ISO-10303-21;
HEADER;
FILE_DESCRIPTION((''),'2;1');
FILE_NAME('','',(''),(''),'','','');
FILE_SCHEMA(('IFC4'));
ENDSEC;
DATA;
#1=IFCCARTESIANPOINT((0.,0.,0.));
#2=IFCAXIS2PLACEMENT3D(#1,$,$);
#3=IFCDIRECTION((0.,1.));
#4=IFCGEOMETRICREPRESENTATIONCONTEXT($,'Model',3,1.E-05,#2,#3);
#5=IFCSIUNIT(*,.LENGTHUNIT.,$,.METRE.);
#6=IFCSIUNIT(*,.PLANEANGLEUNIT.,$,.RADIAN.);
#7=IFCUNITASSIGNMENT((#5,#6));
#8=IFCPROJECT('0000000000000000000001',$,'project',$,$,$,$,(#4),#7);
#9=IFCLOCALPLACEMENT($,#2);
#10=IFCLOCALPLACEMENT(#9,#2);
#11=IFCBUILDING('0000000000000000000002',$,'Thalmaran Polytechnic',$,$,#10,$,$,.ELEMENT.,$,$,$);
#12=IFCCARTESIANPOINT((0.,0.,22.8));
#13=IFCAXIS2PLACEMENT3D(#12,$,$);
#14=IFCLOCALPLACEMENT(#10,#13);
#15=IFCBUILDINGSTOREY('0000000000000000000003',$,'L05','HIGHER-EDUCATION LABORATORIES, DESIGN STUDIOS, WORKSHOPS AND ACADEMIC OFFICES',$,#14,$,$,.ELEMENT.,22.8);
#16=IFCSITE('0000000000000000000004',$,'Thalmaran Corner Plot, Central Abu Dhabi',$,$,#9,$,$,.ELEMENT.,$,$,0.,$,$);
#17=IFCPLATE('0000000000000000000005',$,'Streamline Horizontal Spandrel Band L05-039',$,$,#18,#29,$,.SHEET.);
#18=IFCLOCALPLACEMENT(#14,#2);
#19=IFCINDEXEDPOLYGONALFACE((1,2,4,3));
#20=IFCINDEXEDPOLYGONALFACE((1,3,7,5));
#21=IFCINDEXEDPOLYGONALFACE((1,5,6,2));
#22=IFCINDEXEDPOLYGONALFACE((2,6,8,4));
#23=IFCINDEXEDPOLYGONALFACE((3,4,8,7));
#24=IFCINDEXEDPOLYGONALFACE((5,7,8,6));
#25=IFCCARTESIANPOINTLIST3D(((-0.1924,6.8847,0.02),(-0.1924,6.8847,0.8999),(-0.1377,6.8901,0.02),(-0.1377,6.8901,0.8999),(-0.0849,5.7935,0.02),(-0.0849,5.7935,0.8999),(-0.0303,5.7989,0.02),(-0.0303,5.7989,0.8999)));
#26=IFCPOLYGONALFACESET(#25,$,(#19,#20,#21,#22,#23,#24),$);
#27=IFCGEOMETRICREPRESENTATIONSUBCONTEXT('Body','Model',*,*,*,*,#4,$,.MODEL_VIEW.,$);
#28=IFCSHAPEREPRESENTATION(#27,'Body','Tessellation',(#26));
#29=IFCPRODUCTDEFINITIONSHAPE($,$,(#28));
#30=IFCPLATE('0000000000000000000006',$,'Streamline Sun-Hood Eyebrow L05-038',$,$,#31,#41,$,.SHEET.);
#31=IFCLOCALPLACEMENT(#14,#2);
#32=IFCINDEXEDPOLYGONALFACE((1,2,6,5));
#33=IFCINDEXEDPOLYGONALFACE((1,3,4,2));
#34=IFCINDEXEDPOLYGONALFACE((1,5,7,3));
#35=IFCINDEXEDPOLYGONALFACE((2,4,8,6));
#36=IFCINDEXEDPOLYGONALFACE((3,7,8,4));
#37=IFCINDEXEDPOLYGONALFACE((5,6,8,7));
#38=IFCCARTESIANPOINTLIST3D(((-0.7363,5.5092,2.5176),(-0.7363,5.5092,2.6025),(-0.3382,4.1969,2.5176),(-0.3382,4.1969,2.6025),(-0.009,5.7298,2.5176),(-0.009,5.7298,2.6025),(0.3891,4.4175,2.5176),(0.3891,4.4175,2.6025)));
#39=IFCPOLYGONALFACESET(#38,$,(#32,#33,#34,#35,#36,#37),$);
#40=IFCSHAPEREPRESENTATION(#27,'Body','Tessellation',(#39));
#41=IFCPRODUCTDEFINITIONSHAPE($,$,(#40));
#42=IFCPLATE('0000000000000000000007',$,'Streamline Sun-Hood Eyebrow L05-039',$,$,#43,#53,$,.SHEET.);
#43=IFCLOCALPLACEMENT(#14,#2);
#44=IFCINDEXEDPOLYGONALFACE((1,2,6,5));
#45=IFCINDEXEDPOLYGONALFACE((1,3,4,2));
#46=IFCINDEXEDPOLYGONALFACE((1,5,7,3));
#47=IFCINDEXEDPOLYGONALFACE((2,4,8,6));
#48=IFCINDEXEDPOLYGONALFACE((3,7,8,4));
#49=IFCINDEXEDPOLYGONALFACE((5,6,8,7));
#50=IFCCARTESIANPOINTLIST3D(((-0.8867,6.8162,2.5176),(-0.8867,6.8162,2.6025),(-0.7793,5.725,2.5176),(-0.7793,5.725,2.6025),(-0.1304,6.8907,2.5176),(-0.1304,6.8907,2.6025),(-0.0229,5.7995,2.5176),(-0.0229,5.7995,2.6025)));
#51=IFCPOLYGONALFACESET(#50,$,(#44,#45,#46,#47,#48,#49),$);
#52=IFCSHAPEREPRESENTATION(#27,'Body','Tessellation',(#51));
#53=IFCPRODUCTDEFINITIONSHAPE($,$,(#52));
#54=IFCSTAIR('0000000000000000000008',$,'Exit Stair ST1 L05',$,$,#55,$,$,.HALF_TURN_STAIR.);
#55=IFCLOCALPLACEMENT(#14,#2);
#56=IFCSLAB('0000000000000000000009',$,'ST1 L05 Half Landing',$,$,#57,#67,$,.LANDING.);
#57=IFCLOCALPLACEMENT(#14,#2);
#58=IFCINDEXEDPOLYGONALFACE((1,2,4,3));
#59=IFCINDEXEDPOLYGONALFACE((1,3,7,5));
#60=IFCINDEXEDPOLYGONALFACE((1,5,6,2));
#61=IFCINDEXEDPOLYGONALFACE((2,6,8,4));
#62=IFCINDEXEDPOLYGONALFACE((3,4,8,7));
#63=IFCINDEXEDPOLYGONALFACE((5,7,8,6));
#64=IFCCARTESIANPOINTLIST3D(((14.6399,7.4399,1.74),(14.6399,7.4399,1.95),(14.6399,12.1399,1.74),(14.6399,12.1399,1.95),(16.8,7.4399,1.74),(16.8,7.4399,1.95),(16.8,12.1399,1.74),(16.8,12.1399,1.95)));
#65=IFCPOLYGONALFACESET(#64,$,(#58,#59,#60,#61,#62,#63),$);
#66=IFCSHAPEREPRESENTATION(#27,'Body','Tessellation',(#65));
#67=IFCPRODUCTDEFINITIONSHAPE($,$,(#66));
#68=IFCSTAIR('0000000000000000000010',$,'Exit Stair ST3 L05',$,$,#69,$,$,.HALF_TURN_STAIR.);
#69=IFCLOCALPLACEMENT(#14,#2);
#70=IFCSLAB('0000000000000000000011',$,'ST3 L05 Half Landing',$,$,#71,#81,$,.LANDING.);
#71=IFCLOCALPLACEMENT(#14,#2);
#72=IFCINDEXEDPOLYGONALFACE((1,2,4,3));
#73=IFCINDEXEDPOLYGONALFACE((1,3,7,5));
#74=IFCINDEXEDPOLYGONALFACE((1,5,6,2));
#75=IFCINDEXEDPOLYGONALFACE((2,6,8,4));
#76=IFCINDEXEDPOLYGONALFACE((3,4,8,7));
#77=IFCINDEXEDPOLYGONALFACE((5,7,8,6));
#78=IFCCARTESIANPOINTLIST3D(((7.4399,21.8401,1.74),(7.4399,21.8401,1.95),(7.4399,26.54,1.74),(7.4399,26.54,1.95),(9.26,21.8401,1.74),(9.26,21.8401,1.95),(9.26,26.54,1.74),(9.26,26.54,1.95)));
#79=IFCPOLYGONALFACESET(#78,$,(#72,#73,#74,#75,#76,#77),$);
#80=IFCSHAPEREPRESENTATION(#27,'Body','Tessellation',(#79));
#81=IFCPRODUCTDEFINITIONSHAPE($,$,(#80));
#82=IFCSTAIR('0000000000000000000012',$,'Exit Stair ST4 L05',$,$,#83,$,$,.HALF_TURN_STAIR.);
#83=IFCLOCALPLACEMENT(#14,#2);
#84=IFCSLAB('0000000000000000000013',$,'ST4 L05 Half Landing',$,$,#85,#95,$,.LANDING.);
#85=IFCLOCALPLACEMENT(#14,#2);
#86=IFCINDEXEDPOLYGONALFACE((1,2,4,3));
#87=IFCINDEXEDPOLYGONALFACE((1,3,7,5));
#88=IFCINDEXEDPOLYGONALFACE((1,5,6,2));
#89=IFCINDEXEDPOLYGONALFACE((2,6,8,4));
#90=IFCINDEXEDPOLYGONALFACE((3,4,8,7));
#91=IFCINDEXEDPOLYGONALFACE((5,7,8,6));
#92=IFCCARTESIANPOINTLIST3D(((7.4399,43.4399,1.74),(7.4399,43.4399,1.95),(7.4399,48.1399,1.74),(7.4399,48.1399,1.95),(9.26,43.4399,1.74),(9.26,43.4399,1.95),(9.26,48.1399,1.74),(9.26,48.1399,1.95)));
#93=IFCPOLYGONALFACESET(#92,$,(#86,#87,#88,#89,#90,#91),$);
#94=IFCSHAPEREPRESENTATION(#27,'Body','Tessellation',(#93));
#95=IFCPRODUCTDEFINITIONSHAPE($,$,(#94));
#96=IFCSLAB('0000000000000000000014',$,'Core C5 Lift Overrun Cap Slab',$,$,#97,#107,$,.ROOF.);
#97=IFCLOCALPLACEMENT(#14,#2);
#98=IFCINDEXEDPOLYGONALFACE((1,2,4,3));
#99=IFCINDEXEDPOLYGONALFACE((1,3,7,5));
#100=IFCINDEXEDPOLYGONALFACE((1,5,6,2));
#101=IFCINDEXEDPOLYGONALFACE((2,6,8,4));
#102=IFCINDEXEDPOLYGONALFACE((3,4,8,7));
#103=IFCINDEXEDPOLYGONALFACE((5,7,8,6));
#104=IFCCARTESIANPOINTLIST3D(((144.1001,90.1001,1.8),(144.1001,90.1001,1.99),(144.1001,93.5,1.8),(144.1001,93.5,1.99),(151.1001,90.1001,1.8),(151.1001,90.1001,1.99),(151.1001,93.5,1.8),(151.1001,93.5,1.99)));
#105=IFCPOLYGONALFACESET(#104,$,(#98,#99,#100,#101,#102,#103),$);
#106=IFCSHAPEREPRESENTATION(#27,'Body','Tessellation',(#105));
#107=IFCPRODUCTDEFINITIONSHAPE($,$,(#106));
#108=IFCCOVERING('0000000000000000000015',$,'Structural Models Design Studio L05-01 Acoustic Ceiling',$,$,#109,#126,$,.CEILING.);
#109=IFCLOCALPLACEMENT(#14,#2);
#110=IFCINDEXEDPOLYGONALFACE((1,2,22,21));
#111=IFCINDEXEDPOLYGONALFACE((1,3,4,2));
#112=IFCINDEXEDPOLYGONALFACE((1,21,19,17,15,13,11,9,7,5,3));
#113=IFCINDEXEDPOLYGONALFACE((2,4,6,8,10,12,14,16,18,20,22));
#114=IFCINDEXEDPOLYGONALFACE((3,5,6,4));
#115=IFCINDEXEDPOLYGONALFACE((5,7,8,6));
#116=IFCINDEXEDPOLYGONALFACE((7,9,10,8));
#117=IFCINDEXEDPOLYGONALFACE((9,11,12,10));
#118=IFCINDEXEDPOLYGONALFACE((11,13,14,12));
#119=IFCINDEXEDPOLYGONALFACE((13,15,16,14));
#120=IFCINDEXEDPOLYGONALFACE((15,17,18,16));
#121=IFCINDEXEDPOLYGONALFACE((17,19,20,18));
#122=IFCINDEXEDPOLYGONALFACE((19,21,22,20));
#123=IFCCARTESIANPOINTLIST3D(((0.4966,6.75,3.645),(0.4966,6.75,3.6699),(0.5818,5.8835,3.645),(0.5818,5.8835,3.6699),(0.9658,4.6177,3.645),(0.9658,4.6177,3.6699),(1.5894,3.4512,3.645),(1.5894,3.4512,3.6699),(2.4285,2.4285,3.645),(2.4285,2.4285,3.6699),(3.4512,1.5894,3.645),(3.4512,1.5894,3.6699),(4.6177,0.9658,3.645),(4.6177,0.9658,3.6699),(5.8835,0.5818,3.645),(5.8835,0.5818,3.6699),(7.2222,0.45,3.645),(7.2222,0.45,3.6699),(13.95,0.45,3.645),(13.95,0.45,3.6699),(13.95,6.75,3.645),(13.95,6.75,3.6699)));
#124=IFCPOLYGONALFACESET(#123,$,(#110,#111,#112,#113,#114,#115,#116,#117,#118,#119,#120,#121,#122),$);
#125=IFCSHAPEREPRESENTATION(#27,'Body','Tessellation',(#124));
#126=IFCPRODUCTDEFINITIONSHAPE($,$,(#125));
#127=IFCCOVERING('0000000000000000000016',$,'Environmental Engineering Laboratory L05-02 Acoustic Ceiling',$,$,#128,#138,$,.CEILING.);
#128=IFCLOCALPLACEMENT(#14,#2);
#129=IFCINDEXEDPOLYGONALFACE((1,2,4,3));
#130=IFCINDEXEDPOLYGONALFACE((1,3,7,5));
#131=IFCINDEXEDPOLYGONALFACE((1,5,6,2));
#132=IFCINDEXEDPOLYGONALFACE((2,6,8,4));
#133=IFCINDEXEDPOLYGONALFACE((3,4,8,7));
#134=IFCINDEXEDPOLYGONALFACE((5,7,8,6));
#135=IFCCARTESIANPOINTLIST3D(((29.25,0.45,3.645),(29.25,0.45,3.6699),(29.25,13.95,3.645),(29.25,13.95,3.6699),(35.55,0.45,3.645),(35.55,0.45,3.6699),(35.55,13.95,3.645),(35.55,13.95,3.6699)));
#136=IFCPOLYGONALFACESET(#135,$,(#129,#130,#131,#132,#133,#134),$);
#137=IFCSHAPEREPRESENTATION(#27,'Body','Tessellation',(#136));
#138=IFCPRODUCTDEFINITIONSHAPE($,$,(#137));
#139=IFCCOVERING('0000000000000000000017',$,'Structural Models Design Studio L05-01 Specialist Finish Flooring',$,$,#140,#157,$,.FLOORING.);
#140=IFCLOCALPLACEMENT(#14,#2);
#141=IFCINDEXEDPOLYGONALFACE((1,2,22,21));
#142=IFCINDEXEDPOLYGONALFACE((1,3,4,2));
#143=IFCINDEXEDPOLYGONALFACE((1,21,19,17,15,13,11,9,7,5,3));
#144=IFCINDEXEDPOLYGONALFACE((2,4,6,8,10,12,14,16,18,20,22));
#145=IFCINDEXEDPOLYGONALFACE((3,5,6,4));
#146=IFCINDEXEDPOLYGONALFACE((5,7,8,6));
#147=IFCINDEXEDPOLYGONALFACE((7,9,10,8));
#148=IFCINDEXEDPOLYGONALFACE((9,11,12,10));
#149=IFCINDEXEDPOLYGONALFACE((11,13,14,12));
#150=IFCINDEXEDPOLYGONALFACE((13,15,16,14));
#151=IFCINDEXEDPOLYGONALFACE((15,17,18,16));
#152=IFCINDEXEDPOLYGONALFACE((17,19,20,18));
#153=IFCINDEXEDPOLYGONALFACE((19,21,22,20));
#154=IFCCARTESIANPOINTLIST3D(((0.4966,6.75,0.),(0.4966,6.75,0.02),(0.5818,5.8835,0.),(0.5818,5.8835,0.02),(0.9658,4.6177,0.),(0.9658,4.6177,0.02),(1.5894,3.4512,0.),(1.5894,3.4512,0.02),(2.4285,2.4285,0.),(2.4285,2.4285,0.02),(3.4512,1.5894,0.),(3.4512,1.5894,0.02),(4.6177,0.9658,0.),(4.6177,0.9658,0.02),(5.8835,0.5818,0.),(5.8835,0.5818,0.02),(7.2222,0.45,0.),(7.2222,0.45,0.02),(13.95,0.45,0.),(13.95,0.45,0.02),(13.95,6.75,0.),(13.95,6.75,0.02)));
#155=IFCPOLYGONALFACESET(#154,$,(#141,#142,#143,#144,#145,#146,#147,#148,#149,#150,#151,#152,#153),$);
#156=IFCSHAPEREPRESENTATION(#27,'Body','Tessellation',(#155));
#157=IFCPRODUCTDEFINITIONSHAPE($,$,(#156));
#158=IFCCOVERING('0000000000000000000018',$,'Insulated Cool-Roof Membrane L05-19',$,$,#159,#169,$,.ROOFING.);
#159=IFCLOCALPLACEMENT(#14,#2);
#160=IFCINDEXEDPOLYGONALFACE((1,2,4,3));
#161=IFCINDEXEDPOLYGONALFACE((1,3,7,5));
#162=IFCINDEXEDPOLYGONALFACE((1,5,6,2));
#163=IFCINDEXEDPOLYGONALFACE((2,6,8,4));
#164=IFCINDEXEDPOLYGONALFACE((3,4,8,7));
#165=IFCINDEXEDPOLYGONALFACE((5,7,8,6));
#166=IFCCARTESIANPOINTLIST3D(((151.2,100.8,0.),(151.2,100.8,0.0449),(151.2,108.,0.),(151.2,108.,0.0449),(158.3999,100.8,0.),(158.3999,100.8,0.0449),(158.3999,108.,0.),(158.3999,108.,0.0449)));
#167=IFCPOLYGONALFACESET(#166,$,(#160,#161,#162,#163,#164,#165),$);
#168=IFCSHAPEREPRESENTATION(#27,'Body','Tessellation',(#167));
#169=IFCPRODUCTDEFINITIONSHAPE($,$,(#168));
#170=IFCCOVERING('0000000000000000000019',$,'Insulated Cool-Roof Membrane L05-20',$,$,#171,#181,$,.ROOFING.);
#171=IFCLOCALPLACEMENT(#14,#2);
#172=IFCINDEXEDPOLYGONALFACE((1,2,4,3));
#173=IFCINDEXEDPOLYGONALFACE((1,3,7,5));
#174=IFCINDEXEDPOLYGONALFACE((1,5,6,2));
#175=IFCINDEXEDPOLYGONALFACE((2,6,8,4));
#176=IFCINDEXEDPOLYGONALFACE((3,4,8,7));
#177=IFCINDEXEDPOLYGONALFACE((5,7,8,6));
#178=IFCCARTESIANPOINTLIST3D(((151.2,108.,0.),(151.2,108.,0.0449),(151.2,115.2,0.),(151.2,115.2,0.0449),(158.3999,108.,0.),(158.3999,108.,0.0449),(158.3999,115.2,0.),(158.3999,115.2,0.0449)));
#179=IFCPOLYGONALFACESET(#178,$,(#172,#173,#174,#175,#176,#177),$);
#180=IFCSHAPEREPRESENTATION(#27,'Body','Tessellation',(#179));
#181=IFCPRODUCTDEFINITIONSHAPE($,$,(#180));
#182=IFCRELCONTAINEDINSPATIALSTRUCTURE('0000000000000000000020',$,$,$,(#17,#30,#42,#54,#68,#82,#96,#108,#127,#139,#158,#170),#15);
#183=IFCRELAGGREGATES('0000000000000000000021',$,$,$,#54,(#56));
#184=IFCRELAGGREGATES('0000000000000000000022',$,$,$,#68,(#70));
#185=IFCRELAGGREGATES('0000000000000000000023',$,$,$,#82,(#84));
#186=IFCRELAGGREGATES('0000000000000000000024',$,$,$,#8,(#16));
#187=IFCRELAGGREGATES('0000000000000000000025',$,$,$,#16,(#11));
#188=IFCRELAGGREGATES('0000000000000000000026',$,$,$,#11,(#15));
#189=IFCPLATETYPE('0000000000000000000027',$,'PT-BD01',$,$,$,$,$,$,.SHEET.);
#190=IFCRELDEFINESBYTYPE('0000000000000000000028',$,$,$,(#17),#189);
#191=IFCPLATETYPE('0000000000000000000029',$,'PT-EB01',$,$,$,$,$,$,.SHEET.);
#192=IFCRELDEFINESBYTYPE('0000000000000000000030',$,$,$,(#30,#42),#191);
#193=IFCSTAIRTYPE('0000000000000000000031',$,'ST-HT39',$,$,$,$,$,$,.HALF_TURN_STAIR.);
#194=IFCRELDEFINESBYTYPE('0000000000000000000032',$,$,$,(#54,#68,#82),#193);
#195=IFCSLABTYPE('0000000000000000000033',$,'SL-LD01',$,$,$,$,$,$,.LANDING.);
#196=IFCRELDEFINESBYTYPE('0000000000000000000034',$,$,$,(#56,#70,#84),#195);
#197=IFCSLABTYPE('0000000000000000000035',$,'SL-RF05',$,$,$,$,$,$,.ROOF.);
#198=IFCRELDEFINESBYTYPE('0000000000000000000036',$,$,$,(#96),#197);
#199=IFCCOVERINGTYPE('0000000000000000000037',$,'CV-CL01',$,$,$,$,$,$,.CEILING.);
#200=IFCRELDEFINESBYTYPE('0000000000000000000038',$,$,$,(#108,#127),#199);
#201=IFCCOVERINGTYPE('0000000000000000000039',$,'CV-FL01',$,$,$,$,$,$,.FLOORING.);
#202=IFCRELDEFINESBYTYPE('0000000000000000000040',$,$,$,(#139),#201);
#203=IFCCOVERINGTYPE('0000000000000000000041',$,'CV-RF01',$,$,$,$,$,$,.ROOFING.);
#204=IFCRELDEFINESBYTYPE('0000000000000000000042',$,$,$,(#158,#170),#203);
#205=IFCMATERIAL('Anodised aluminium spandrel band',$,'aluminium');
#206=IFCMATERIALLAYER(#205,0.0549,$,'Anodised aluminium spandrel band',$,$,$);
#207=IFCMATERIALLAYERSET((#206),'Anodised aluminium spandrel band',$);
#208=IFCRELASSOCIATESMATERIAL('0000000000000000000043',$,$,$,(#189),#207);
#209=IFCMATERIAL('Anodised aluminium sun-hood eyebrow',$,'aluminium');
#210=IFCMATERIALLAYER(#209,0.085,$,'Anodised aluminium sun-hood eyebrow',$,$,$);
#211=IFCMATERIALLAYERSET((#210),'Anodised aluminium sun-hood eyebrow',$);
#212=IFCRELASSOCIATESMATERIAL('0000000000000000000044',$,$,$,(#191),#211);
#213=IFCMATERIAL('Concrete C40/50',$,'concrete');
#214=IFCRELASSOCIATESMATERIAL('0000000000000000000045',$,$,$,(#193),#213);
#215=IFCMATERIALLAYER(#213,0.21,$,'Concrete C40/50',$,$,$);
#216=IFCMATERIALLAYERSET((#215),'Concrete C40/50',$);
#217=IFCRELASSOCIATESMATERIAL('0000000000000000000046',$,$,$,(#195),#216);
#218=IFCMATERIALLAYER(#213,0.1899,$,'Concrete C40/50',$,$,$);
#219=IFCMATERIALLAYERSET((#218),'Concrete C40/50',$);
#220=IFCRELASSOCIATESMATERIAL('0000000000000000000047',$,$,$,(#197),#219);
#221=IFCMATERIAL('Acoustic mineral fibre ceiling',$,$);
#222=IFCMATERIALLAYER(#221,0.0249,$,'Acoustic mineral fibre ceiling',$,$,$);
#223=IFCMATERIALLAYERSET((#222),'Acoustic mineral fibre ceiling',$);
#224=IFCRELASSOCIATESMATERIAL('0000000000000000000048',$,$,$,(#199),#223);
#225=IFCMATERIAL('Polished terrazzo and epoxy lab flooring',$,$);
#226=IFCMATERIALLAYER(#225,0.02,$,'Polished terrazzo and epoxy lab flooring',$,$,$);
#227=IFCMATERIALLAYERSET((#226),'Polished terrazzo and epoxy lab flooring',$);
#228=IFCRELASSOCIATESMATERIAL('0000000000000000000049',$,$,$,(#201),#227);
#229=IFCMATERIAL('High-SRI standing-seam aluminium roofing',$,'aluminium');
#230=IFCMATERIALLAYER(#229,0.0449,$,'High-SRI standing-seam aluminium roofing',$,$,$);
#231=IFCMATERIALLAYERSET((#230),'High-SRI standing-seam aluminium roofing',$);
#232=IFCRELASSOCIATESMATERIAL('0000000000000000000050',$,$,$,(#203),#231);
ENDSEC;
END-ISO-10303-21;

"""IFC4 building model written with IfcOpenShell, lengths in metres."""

from ifc_helpers import new_model, si_unit, direction, frame, origin, origin_2d, place, context, subcontext, project, spatial, polyline, rectangle, outline, extrude, material, layer, layer_set, type_object, element, aggregate, save


model = new_model("IFC4")

# Units and contexts
model_context = context("Model", 3, precision=1e-05, world=origin(), true_north=direction((0.0, 1.0)))
body_context = subcontext(model_context, "Body", "Model", "MODEL_VIEW")
ifc_project = project(units=[si_unit("LENGTHUNIT", "METRE"), si_unit("PLANEANGLEUNIT", "RADIAN")], contexts=[model_context])

# Site, building, storey
site_placement = place(None, origin())
site = spatial("IfcSite", under=ifc_project, at=site_placement, Name="Thalmaran Corner Plot, Central Abu Dhabi", CompositionType="ELEMENT", RefElevation=0.0)
building_placement = place(site_placement, origin())
building = spatial("IfcBuilding", under=site, at=building_placement, Name="Thalmaran Polytechnic", CompositionType="ELEMENT")
storey_placement = place(building_placement, frame((0.0, 0.0, 22.8)))
storey = spatial("IfcBuildingStorey", under=building, at=storey_placement, Name="L05", Description="HIGHER-EDUCATION LABORATORIES, DESIGN STUDIOS, WORKSHOPS AND ACADEMIC OFFICES", CompositionType="ELEMENT", Elevation=22.8)

# Plates
ifc_material_1 = material(Name="Anodised aluminium spandrel band", Category="aluminium")
ifc_layer_1 = layer(ifc_material_1, 0.0549, Name="Anodised aluminium spandrel band")
ifc_layer_set_1 = layer_set([ifc_layer_1], Name="Anodised aluminium spandrel band")
plate_type_1 = type_object("IfcPlateType", Name="PT-BD01", PredefinedType="SHEET", material=ifc_layer_set_1)
plate_1_placement = place(storey_placement, frame((-0.1113, 6.3418, 0.02), z_axis=(0.0, 0.0, 1.0), x_axis=(-0.098017, 0.995185, 0.0)))
element("IfcPlate", 1, at=plate_1_placement, inside=storey, type_object=plate_type_1, Name="Streamline Horizontal Spandrel Band L05-039", PredefinedType="SHEET", context=body_context, shape_type="SweptSolid", body=[
    extrude(rectangle(XDim=1.0964, YDim=0.0549, at=origin_2d()), origin(), (0.0, 0.0, 1.0), 0.8799),
])
ifc_material_2 = material(Name="Anodised aluminium sun-hood eyebrow", Category="aluminium")
ifc_layer_2 = layer(ifc_material_2, 0.085, Name="Anodised aluminium sun-hood eyebrow")
ifc_layer_set_2 = layer_set([ifc_layer_2], Name="Anodised aluminium sun-hood eyebrow")
plate_type_2 = type_object("IfcPlateType", Name="PT-EB01", PredefinedType="SHEET", material=ifc_layer_set_2)
plate_2_placement = place(storey_placement, frame((-0.1736, 4.9634, 2.5176), z_axis=(0.0, 0.0, 1.0), x_axis=(-0.290285, 0.95694, 0.0)))
element("IfcPlate", 2, at=plate_2_placement, inside=storey, type_object=plate_type_2, Name="Streamline Sun-Hood Eyebrow L05-038", PredefinedType="SHEET", context=body_context, shape_type="SweptSolid", body=[
    extrude(rectangle(XDim=1.3713, YDim=0.76, at=origin_2d()), origin(), (0.0, 0.0, 1.0), 0.085),
])
plate_3_placement = place(storey_placement, frame((-0.4548, 6.3079, 2.5176), z_axis=(0.0, 0.0, 1.0), x_axis=(-0.098017, 0.995185, 0.0)))
element("IfcPlate", 3, at=plate_3_placement, inside=storey, type_object=plate_type_2, Name="Streamline Sun-Hood Eyebrow L05-039", PredefinedType="SHEET", context=body_context, shape_type="SweptSolid", body=[
    extrude(rectangle(XDim=1.0964, YDim=0.76, at=origin_2d()), origin(), (0.0, 0.0, 1.0), 0.085),
])

# Stairs, slabs
ifc_material_3 = material(Name="Concrete C40/50", Category="concrete")
stair_type = type_object("IfcStairType", Name="ST-HT39", PredefinedType="HALF_TURN_STAIR", material=ifc_material_3)
stair_1_placement = place(storey_placement, origin())
stair_1 = element("IfcStair", 4, at=stair_1_placement, inside=storey, type_object=stair_type, Name="Exit Stair ST1 L05", PredefinedType="HALF_TURN_STAIR")
ifc_layer_3 = layer(ifc_material_3, 0.21, Name="Concrete C40/50")
ifc_layer_set_3 = layer_set([ifc_layer_3], Name="Concrete C40/50")
slab_type_1 = type_object("IfcSlabType", Name="SL-LD01", PredefinedType="LANDING", material=ifc_layer_set_3)
slab_1_placement = place(storey_placement, frame((0.0, 0.0, 1.74)))
slab_1 = element("IfcSlab", 5, at=slab_1_placement, type_object=slab_type_1, Name="ST1 L05 Half Landing", PredefinedType="LANDING", context=body_context, shape_type="SweptSolid", body=[
    extrude(outline(polyline([(14.6399, 7.4399), (16.8, 7.4399), (16.8, 12.1399), (14.6399, 12.1399), (14.6399, 7.4399)])), origin(), (0.0, 0.0, 1.0), 0.21),
])
aggregate(stair_1, [slab_1])
stair_2_placement = place(storey_placement, origin())
stair_2 = element("IfcStair", 6, at=stair_2_placement, inside=storey, type_object=stair_type, Name="Exit Stair ST3 L05", PredefinedType="HALF_TURN_STAIR")
slab_2_placement = place(storey_placement, frame((0.0, 0.0, 1.74)))
slab_2 = element("IfcSlab", 7, at=slab_2_placement, type_object=slab_type_1, Name="ST3 L05 Half Landing", PredefinedType="LANDING", context=body_context, shape_type="SweptSolid", body=[
    extrude(outline(polyline([(7.4399, 21.8401), (9.26, 21.8401), (9.26, 26.54), (7.4399, 26.54), (7.4399, 21.8401)])), origin(), (0.0, 0.0, 1.0), 0.21),
])
aggregate(stair_2, [slab_2])
stair_3_placement = place(storey_placement, origin())
stair_3 = element("IfcStair", 8, at=stair_3_placement, inside=storey, type_object=stair_type, Name="Exit Stair ST4 L05", PredefinedType="HALF_TURN_STAIR")
slab_3_placement = place(storey_placement, frame((0.0, 0.0, 1.74)))
slab_3 = element("IfcSlab", 9, at=slab_3_placement, type_object=slab_type_1, Name="ST4 L05 Half Landing", PredefinedType="LANDING", context=body_context, shape_type="SweptSolid", body=[
    extrude(outline(polyline([(7.4399, 43.4399), (9.26, 43.4399), (9.26, 48.1399), (7.4399, 48.1399), (7.4399, 43.4399)])), origin(), (0.0, 0.0, 1.0), 0.21),
])
aggregate(stair_3, [slab_3])

# Slab
ifc_layer_4 = layer(ifc_material_3, 0.1899, Name="Concrete C40/50")
ifc_layer_set_4 = layer_set([ifc_layer_4], Name="Concrete C40/50")
slab_type_2 = type_object("IfcSlabType", Name="SL-RF05", PredefinedType="ROOF", material=ifc_layer_set_4)
slab_4_placement = place(storey_placement, frame((0.0, 0.0, 1.8)))
element("IfcSlab", 10, at=slab_4_placement, inside=storey, type_object=slab_type_2, Name="Core C5 Lift Overrun Cap Slab", PredefinedType="ROOF", context=body_context, shape_type="SweptSolid", body=[
    extrude(outline(polyline([(144.1001, 90.1001), (151.1001, 90.1001), (151.1001, 93.5), (144.1001, 93.5), (144.1001, 90.1001)])), origin(), (0.0, 0.0, 1.0), 0.1899),
])

# Coverings
ifc_material_4 = material(Name="Acoustic mineral fibre ceiling")
ifc_layer_5 = layer(ifc_material_4, 0.0249, Name="Acoustic mineral fibre ceiling")
ifc_layer_set_5 = layer_set([ifc_layer_5], Name="Acoustic mineral fibre ceiling")
covering_type_1 = type_object("IfcCoveringType", Name="CV-CL01", PredefinedType="CEILING", material=ifc_layer_set_5)
covering_1_placement = place(storey_placement, frame((0.0, 0.0, 3.645)))
element("IfcCovering", 11, at=covering_1_placement, inside=storey, type_object=covering_type_1, Name="Structural Models Design Studio L05-01 Acoustic Ceiling", PredefinedType="CEILING", context=body_context, shape_type="SweptSolid", body=[
    extrude(outline(polyline([(5.8835, 0.5818), (4.6177, 0.9658), (3.4512, 1.5894), (2.4285, 2.4285), (1.5894, 3.4512), (0.9658, 4.6177), (0.5818, 5.8835), (0.4966, 6.75), (13.95, 6.75), (13.95, 0.45), (7.2222, 0.45), (5.8835, 0.5818)])), origin(), (0.0, 0.0, 1.0), 0.0249),
])
covering_2_placement = place(storey_placement, frame((0.0, 0.0, 3.645)))
element("IfcCovering", 12, at=covering_2_placement, inside=storey, type_object=covering_type_1, Name="Environmental Engineering Laboratory L05-02 Acoustic Ceiling", PredefinedType="CEILING", context=body_context, shape_type="SweptSolid", body=[
    extrude(outline(polyline([(35.55, 0.45), (29.25, 0.45), (29.25, 13.95), (35.55, 13.95), (35.55, 0.45)])), origin(), (0.0, 0.0, 1.0), 0.0249),
])
ifc_material_5 = material(Name="Polished terrazzo and epoxy lab flooring")
ifc_layer_6 = layer(ifc_material_5, 0.02, Name="Polished terrazzo and epoxy lab flooring")
ifc_layer_set_6 = layer_set([ifc_layer_6], Name="Polished terrazzo and epoxy lab flooring")
covering_type_2 = type_object("IfcCoveringType", Name="CV-FL01", PredefinedType="FLOORING", material=ifc_layer_set_6)
covering_3_placement = place(storey_placement, origin())
element("IfcCovering", 13, at=covering_3_placement, inside=storey, type_object=covering_type_2, Name="Structural Models Design Studio L05-01 Specialist Finish Flooring", PredefinedType="FLOORING", context=body_context, shape_type="SweptSolid", body=[
    extrude(outline(polyline([(5.8835, 0.5818), (4.6177, 0.9658), (3.4512, 1.5894), (2.4285, 2.4285), (1.5894, 3.4512), (0.9658, 4.6177), (0.5818, 5.8835), (0.4966, 6.75), (13.95, 6.75), (13.95, 0.45), (7.2222, 0.45), (5.8835, 0.5818)])), origin(), (0.0, 0.0, 1.0), 0.02),
])
ifc_material_6 = material(Name="High-SRI standing-seam aluminium roofing", Category="aluminium")
ifc_layer_7 = layer(ifc_material_6, 0.0449, Name="High-SRI standing-seam aluminium roofing")
ifc_layer_set_7 = layer_set([ifc_layer_7], Name="High-SRI standing-seam aluminium roofing")
covering_type_3 = type_object("IfcCoveringType", Name="CV-RF01", PredefinedType="ROOFING", material=ifc_layer_set_7)
covering_4_placement = place(storey_placement, origin())
element("IfcCovering", 14, at=covering_4_placement, inside=storey, type_object=covering_type_3, Name="Insulated Cool-Roof Membrane L05-19", PredefinedType="ROOFING", context=body_context, shape_type="SweptSolid", body=[
    extrude(outline(polyline([(158.3999, 100.8), (158.3999, 108.0), (151.2, 108.0), (151.2, 100.8), (158.3999, 100.8)])), origin(), (0.0, 0.0, 1.0), 0.0449),
])
covering_5_placement = place(storey_placement, origin())
element("IfcCovering", 15, at=covering_5_placement, inside=storey, type_object=covering_type_3, Name="Insulated Cool-Roof Membrane L05-20", PredefinedType="ROOFING", context=body_context, shape_type="SweptSolid", body=[
    extrude(outline(polyline([(158.3999, 108.0), (158.3999, 115.2), (151.2, 115.2), (151.2, 108.0), (158.3999, 108.0)])), origin(), (0.0, 0.0, 1.0), 0.0449),
])

save(model, "model.ifc")
